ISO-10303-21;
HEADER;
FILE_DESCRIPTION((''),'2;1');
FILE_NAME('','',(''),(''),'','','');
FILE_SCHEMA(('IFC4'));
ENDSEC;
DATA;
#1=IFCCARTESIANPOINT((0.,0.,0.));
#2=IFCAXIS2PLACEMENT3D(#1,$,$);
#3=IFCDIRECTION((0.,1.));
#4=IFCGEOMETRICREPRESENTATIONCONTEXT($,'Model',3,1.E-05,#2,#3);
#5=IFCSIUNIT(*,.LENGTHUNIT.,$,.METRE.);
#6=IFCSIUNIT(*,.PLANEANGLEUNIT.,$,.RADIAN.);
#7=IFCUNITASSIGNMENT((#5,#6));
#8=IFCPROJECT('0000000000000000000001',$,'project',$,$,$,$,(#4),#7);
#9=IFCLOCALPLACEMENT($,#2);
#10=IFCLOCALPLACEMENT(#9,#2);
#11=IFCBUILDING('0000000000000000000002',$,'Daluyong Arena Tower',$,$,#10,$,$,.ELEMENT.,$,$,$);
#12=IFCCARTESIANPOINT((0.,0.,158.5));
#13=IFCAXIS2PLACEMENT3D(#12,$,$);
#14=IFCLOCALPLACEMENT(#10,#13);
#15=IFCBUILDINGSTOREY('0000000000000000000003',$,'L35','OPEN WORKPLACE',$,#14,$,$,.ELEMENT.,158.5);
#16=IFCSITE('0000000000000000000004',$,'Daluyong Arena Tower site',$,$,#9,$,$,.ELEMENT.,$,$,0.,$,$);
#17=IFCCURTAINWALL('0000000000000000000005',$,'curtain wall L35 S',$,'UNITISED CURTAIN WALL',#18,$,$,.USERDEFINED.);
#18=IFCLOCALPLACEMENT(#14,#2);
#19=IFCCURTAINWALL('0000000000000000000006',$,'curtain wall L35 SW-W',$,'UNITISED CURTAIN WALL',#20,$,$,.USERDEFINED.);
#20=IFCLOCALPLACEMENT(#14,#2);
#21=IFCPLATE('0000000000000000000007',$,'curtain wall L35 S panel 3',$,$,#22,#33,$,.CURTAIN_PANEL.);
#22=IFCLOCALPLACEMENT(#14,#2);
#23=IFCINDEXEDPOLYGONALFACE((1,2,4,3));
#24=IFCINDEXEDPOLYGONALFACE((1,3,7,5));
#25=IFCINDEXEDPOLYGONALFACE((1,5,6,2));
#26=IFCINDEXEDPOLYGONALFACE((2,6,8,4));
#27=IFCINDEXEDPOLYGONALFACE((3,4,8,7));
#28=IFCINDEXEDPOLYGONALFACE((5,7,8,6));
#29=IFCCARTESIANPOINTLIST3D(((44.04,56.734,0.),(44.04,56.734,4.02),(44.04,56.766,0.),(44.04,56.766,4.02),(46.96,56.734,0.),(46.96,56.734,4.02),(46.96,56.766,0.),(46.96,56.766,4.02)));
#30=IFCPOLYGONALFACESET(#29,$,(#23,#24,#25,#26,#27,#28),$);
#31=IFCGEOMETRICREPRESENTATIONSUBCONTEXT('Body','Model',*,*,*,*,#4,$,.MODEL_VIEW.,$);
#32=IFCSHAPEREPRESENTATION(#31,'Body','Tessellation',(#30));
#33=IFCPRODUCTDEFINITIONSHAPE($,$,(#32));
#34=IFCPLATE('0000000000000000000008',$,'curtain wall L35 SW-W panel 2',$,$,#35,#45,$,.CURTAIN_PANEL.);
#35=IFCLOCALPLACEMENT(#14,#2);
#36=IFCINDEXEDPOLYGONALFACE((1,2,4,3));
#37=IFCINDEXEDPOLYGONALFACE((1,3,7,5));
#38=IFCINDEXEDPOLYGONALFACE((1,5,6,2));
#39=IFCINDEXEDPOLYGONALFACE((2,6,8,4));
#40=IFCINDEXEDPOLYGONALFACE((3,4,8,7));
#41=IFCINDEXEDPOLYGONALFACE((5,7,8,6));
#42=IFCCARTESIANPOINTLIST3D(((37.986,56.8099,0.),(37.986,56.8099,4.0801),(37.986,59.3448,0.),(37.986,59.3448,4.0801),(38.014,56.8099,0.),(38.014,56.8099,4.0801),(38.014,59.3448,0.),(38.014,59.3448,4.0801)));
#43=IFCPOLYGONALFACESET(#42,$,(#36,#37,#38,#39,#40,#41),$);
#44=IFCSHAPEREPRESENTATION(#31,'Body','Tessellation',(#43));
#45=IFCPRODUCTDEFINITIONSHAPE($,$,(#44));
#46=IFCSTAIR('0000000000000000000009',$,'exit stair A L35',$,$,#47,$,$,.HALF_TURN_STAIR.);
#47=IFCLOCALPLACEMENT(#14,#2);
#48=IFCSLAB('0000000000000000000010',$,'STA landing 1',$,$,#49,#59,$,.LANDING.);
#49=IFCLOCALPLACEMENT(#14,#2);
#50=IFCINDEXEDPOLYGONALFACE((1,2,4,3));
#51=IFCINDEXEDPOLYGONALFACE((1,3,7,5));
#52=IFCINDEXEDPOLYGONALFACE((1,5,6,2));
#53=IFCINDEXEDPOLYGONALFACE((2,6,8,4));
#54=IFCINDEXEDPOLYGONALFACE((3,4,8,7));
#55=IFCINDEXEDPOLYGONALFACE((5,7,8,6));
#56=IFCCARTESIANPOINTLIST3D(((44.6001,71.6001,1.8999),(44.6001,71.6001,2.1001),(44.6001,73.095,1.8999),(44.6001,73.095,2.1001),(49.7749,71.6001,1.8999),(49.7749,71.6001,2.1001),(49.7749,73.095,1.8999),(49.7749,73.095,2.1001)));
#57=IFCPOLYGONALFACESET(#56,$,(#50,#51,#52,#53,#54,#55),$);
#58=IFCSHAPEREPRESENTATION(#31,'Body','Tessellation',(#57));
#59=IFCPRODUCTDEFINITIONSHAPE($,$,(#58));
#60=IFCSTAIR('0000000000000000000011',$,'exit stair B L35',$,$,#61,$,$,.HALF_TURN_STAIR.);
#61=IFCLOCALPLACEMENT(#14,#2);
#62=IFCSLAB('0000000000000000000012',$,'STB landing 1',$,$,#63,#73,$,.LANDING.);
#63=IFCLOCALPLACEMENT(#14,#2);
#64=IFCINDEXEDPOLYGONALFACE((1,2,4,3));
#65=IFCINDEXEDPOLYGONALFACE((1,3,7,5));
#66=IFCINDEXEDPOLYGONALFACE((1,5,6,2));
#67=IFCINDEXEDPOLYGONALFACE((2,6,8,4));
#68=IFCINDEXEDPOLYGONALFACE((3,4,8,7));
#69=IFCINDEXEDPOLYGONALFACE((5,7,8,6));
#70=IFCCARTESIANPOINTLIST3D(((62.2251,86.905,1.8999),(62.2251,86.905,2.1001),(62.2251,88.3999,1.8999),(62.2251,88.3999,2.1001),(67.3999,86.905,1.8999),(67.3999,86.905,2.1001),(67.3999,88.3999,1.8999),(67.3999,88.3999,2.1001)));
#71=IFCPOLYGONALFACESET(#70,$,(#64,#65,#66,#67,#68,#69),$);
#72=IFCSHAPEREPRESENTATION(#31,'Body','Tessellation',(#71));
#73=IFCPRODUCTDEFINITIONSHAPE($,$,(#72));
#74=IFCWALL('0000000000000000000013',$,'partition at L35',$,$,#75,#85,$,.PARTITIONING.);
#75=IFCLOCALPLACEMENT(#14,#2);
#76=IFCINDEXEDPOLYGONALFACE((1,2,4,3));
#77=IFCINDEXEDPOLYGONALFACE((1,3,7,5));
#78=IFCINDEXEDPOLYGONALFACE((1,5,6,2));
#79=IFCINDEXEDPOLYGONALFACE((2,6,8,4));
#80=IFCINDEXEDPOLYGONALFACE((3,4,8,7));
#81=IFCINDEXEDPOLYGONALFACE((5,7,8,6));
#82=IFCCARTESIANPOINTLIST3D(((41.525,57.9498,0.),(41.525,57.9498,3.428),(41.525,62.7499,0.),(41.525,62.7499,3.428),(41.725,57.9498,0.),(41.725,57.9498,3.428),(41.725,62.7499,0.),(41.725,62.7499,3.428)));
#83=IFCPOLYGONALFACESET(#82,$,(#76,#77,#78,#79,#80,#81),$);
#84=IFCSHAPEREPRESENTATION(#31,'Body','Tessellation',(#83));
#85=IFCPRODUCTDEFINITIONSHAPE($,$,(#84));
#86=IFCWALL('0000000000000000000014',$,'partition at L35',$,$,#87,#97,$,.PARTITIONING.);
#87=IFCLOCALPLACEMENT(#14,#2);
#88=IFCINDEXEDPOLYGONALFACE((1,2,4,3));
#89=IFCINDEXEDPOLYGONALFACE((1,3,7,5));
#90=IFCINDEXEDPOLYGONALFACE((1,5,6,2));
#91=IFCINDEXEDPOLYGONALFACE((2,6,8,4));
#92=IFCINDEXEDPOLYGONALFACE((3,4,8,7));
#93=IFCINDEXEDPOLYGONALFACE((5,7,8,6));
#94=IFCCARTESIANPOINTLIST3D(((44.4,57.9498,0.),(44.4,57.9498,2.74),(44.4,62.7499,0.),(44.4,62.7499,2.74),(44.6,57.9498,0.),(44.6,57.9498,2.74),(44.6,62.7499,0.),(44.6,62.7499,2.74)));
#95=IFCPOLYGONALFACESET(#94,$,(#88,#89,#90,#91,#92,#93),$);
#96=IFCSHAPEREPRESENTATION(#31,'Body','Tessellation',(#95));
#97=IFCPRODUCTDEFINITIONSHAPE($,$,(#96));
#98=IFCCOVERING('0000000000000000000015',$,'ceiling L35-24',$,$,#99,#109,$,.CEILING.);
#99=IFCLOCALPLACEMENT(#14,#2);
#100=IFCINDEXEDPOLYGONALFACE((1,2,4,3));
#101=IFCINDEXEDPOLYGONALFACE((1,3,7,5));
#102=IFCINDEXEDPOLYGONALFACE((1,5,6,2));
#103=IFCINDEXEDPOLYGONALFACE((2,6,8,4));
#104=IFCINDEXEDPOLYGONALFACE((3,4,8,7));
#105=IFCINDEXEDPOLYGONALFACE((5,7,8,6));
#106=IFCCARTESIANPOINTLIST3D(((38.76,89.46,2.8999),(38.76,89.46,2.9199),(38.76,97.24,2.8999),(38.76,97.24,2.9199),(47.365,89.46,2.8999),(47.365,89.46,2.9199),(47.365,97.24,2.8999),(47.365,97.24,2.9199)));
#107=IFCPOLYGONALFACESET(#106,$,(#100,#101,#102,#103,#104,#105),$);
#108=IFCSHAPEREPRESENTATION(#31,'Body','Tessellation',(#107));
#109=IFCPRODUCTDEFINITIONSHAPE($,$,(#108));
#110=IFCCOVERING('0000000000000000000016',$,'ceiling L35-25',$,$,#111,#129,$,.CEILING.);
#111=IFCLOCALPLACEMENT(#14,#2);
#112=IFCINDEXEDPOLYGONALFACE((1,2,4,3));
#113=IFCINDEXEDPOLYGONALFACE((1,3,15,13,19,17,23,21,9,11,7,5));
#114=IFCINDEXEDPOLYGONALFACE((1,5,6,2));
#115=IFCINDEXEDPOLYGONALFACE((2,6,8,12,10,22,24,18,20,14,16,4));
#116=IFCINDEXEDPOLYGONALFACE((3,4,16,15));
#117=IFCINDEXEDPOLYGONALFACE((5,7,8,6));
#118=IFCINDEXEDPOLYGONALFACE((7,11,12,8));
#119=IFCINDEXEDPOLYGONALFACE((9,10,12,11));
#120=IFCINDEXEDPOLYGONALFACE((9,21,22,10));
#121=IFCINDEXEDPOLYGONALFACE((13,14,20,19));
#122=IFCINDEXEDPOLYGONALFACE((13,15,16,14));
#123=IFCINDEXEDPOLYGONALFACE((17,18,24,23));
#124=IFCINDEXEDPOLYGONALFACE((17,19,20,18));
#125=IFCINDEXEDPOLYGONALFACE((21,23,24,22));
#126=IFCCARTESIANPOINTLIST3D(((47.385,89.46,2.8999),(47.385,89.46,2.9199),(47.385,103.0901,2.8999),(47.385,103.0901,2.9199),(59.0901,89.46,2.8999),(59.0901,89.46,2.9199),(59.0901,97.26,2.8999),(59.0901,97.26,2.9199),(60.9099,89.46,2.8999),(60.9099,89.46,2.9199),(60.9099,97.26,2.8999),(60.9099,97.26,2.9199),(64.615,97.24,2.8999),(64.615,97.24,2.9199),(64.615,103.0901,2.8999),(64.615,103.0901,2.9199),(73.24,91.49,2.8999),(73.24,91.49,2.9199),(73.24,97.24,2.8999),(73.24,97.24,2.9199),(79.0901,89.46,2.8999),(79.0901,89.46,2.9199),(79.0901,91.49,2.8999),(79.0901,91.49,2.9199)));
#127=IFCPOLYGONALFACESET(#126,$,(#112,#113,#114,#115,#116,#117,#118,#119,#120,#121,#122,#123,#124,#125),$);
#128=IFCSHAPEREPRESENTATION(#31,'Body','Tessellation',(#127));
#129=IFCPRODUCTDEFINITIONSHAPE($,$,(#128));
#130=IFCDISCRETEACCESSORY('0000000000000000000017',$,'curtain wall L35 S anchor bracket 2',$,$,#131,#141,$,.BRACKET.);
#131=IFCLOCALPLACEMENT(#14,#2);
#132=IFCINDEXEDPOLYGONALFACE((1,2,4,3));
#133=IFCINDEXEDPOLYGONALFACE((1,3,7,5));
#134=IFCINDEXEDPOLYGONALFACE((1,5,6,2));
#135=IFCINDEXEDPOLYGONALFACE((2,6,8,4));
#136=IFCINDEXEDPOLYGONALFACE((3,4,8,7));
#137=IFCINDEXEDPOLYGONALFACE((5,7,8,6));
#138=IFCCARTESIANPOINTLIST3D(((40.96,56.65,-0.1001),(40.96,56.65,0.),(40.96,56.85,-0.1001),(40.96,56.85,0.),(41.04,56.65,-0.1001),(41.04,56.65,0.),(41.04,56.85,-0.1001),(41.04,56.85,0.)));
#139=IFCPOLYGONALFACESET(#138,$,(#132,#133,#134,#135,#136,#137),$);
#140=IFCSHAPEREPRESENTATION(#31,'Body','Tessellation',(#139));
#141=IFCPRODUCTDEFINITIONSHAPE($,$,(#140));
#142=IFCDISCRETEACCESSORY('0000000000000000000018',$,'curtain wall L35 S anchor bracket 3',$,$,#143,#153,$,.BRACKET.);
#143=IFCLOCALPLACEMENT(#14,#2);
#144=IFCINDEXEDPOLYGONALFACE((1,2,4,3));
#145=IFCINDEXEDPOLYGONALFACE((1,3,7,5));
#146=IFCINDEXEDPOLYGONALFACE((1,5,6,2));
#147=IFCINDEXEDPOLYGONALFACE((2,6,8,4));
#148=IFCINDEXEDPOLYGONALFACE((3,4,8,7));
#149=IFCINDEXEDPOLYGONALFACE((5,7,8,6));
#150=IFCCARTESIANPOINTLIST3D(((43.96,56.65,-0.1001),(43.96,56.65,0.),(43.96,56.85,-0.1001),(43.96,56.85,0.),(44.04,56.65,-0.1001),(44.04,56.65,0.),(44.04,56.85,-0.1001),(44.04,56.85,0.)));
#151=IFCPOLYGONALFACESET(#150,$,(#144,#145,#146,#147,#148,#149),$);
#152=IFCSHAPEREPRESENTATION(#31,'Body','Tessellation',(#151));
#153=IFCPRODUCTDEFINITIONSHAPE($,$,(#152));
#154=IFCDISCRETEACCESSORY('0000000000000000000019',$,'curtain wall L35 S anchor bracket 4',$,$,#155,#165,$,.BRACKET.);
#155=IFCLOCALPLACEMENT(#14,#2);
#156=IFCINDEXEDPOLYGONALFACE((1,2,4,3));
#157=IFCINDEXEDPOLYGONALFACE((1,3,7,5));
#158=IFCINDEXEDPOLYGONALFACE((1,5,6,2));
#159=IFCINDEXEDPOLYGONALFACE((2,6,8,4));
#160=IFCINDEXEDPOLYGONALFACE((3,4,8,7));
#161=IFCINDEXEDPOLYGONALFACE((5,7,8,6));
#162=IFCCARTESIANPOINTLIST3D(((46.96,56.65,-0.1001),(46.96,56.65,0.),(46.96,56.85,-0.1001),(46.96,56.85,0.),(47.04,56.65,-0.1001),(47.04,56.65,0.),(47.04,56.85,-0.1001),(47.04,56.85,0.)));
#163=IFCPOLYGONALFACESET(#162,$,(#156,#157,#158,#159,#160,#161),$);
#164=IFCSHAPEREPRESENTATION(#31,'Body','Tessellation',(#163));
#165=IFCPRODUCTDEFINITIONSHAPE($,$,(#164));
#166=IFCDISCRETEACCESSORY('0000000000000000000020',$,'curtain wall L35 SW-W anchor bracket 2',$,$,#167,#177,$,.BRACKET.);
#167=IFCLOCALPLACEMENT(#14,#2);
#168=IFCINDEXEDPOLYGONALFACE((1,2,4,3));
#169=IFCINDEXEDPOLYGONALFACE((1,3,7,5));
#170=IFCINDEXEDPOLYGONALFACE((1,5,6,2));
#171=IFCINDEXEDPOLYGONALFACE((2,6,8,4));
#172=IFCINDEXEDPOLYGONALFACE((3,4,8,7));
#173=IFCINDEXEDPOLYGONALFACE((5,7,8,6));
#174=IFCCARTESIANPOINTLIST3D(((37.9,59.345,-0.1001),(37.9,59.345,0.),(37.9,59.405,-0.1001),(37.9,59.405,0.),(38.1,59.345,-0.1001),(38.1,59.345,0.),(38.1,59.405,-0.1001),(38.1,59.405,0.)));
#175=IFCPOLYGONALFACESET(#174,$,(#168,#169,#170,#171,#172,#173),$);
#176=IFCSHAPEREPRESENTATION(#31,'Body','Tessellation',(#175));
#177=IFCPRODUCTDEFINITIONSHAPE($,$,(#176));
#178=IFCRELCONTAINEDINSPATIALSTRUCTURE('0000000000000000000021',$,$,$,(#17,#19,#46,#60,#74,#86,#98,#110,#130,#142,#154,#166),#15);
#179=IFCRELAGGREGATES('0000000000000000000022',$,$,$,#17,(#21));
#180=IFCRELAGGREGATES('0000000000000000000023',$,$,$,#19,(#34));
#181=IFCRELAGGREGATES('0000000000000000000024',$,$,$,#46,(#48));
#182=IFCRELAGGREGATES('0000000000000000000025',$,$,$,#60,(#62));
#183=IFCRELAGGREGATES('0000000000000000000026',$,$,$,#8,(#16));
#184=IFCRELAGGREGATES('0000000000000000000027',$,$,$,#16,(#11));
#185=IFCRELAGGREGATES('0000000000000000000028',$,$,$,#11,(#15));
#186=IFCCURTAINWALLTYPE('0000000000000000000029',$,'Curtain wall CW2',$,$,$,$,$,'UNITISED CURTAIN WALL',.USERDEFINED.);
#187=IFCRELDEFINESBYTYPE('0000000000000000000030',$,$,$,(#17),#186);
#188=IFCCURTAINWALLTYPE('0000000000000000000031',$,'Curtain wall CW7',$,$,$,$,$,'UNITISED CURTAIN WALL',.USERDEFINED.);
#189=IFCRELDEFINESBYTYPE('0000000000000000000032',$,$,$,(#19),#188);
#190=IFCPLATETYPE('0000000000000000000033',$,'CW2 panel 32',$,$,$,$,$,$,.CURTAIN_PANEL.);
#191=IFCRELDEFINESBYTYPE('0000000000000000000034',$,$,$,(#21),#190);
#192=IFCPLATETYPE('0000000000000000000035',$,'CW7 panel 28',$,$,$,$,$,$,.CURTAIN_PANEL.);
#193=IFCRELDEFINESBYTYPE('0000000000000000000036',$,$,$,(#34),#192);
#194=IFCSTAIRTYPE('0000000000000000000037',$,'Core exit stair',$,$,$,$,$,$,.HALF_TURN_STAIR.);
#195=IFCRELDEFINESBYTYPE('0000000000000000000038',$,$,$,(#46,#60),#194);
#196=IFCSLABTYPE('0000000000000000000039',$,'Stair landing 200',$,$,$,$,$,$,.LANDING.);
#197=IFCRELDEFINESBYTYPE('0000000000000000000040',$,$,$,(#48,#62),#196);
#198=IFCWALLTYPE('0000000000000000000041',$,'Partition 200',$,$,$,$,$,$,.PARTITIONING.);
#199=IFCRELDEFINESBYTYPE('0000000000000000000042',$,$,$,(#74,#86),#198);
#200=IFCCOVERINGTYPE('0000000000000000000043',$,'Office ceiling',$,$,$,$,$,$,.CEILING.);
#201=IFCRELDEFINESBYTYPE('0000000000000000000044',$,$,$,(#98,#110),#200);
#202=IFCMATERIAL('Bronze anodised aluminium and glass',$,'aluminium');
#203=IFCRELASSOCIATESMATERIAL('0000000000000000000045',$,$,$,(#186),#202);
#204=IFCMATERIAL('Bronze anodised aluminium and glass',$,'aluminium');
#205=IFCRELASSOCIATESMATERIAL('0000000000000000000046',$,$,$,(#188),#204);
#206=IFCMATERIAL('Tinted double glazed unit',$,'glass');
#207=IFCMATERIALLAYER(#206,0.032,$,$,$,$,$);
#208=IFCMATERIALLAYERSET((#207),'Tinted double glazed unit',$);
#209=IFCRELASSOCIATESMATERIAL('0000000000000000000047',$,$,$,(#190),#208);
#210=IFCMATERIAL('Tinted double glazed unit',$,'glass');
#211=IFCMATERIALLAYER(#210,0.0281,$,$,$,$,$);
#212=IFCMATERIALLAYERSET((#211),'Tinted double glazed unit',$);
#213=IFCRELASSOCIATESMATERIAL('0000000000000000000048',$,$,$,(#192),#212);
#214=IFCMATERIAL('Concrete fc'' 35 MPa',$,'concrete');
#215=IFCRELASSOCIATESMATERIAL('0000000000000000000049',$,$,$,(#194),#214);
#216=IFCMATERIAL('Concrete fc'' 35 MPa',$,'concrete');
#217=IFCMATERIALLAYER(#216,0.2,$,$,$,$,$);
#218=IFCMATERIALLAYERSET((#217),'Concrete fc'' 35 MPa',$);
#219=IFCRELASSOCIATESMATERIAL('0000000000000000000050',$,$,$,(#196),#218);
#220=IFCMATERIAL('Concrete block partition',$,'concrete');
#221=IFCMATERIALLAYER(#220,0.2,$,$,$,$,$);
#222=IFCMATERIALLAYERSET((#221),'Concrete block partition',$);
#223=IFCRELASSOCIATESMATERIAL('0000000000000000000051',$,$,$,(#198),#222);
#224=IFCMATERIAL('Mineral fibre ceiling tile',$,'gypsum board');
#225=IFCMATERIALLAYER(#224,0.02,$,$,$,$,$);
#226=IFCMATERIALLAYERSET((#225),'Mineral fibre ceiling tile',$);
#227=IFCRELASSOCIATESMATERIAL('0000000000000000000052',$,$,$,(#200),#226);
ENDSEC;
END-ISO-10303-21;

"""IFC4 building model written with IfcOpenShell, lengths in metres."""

from ifc_helpers import new_model, si_unit, direction, frame, frame_2d, origin, origin_2d, place, context, subcontext, project, spatial, polyline, rectangle, outline, extrude, material, layer, layer_set, type_object, element, aggregate, save


model = new_model("IFC4")

# Units and contexts
model_context = context("Model", 3, precision=1e-05, world=origin(), true_north=direction((0.0, 1.0)))
body_context = subcontext(model_context, "Body", "Model", "MODEL_VIEW")
ifc_project = project(units=[si_unit("LENGTHUNIT", "METRE"), si_unit("PLANEANGLEUNIT", "RADIAN")], contexts=[model_context])

# Site, building, storey
site_placement = place(None, origin())
site = spatial("IfcSite", under=ifc_project, at=site_placement, Name="Daluyong Arena Tower site", CompositionType="ELEMENT", RefElevation=0.0)
building_placement = place(site_placement, origin())
building = spatial("IfcBuilding", under=site, at=building_placement, Name="Daluyong Arena Tower", CompositionType="ELEMENT")
storey_placement = place(building_placement, frame((0.0, 0.0, 158.5)))
storey = spatial("IfcBuildingStorey", under=building, at=storey_placement, Name="L35", Description="OPEN WORKPLACE", CompositionType="ELEMENT", Elevation=158.5)

# Curtain walls
ifc_material_1 = material(Name="Bronze anodised aluminium and glass", Category="aluminium")
curtain_wall_type_1 = type_object("IfcCurtainWallType", Name="Curtain wall CW2", ElementType="UNITISED CURTAIN WALL", PredefinedType="USERDEFINED", material=ifc_material_1)
curtain_wall_1_placement = place(storey_placement, origin())
curtain_wall_1 = element("IfcCurtainWall", 1, at=curtain_wall_1_placement, inside=storey, type_object=curtain_wall_type_1, Name="curtain wall L35 S", ObjectType="UNITISED CURTAIN WALL", PredefinedType="USERDEFINED")
ifc_material_2 = material(Name="Bronze anodised aluminium and glass", Category="aluminium")
curtain_wall_type_2 = type_object("IfcCurtainWallType", Name="Curtain wall CW7", ElementType="UNITISED CURTAIN WALL", PredefinedType="USERDEFINED", material=ifc_material_2)
curtain_wall_2_placement = place(storey_placement, origin())
curtain_wall_2 = element("IfcCurtainWall", 2, at=curtain_wall_2_placement, inside=storey, type_object=curtain_wall_type_2, Name="curtain wall L35 SW-W", ObjectType="UNITISED CURTAIN WALL", PredefinedType="USERDEFINED")

# Plates
ifc_material_3 = material(Name="Tinted double glazed unit", Category="glass")
ifc_layer_1 = layer(ifc_material_3, 0.032)
ifc_layer_set_1 = layer_set([ifc_layer_1], Name="Tinted double glazed unit")
plate_type_1 = type_object("IfcPlateType", Name="CW2 panel 32", PredefinedType="CURTAIN_PANEL", material=ifc_layer_set_1)
plate_1_placement = place(storey_placement, frame((45.5, 56.75, 0.0), z_axis=(0.0, 0.0, 1.0), x_axis=(1.0, 0.0, 0.0)))
plate_1 = element("IfcPlate", 3, at=plate_1_placement, type_object=plate_type_1, Name="curtain wall L35 S panel 3", PredefinedType="CURTAIN_PANEL", context=body_context, shape_type="SweptSolid", body=[
    extrude(rectangle(XDim=2.9199, YDim=0.032, at=origin_2d()), origin(), (0.0, 0.0, 1.0), 4.02),
])
aggregate(curtain_wall_1, [plate_1])
ifc_material_4 = material(Name="Tinted double glazed unit", Category="glass")
ifc_layer_2 = layer(ifc_material_4, 0.0281)
ifc_layer_set_2 = layer_set([ifc_layer_2], Name="Tinted double glazed unit")
plate_type_2 = type_object("IfcPlateType", Name="CW7 panel 28", PredefinedType="CURTAIN_PANEL", material=ifc_layer_set_2)
plate_2_placement = place(storey_placement, frame((38.0, 58.0774, 0.0), z_axis=(0.0, 0.0, 1.0), x_axis=(0.0, -1.0, 0.0)))
plate_2 = element("IfcPlate", 4, at=plate_2_placement, type_object=plate_type_2, Name="curtain wall L35 SW-W panel 2", PredefinedType="CURTAIN_PANEL", context=body_context, shape_type="SweptSolid", body=[
    extrude(rectangle(XDim=2.5349, YDim=0.0281, at=origin_2d()), origin(), (0.0, 0.0, 1.0), 4.0801),
])
aggregate(curtain_wall_2, [plate_2])

# Stairs, slabs
ifc_material_5 = material(Name="Concrete fc' 35 MPa", Category="concrete")
stair_type = type_object("IfcStairType", Name="Core exit stair", PredefinedType="HALF_TURN_STAIR", material=ifc_material_5)
stair_1_placement = place(storey_placement, origin())
stair_1 = element("IfcStair", 5, at=stair_1_placement, inside=storey, type_object=stair_type, Name="exit stair A L35", PredefinedType="HALF_TURN_STAIR")
ifc_material_6 = material(Name="Concrete fc' 35 MPa", Category="concrete")
ifc_layer_3 = layer(ifc_material_6, 0.2)
ifc_layer_set_3 = layer_set([ifc_layer_3], Name="Concrete fc' 35 MPa")
slab_type = type_object("IfcSlabType", Name="Stair landing 200", PredefinedType="LANDING", material=ifc_layer_set_3)
slab_1_placement = place(storey_placement, frame((0.0, 0.0, 1.8999)))
slab_1 = element("IfcSlab", 6, at=slab_1_placement, type_object=slab_type, Name="STA landing 1", PredefinedType="LANDING", context=body_context, shape_type="SweptSolid", body=[
    extrude(outline(polyline([(44.6001, 71.6001), (49.7749, 71.6001), (49.7749, 73.095), (44.6001, 73.095), (44.6001, 71.6001)])), origin(), (0.0, 0.0, 1.0), 0.2002),
])
aggregate(stair_1, [slab_1])
stair_2_placement = place(storey_placement, origin())
stair_2 = element("IfcStair", 7, at=stair_2_placement, inside=storey, type_object=stair_type, Name="exit stair B L35", PredefinedType="HALF_TURN_STAIR")
slab_2_placement = place(storey_placement, frame((0.0, 0.0, 1.8999)))
slab_2 = element("IfcSlab", 8, at=slab_2_placement, type_object=slab_type, Name="STB landing 1", PredefinedType="LANDING", context=body_context, shape_type="SweptSolid", body=[
    extrude(outline(polyline([(62.2251, 86.905), (67.3999, 86.905), (67.3999, 88.3999), (62.2251, 88.3999), (62.2251, 86.905)])), origin(), (0.0, 0.0, 1.0), 0.2002),
])
aggregate(stair_2, [slab_2])

# Walls
ifc_material_7 = material(Name="Concrete block partition", Category="concrete")
ifc_layer_4 = layer(ifc_material_7, 0.2)
ifc_layer_set_4 = layer_set([ifc_layer_4], Name="Concrete block partition")
wall_type = type_object("IfcWallType", Name="Partition 200", PredefinedType="PARTITIONING", material=ifc_layer_set_4)
wall_1_placement = place(storey_placement, frame((41.625, 57.95, 0.0), z_axis=(0.0, 0.0, 1.0), x_axis=(0.0, 1.0, 0.0)))
element("IfcWall", 9, at=wall_1_placement, inside=storey, type_object=wall_type, Name="partition at L35", PredefinedType="PARTITIONING", context=body_context, shape_type="SweptSolid", body=[
    extrude(rectangle(XDim=4.8, YDim=0.2, at=frame_2d((2.3999, 0.0))), origin(), (0.0, 0.0, 1.0), 3.428),
])
wall_2_placement = place(storey_placement, frame((44.5, 57.95, 0.0), z_axis=(0.0, 0.0, 1.0), x_axis=(0.0, 1.0, 0.0)))
element("IfcWall", 10, at=wall_2_placement, inside=storey, type_object=wall_type, Name="partition at L35", PredefinedType="PARTITIONING", context=body_context, shape_type="SweptSolid", body=[
    extrude(rectangle(XDim=4.8, YDim=0.2, at=frame_2d((2.3999, 0.0))), origin(), (0.0, 0.0, 1.0), 2.74),
])

# Coverings
ifc_material_8 = material(Name="Mineral fibre ceiling tile", Category="gypsum board")
ifc_layer_5 = layer(ifc_material_8, 0.02)
ifc_layer_set_5 = layer_set([ifc_layer_5], Name="Mineral fibre ceiling tile")
covering_type = type_object("IfcCoveringType", Name="Office ceiling", PredefinedType="CEILING", material=ifc_layer_set_5)
covering_1_placement = place(storey_placement, frame((0.0, 0.0, 2.8999)))
element("IfcCovering", 11, at=covering_1_placement, inside=storey, type_object=covering_type, Name="ceiling L35-24", PredefinedType="CEILING", context=body_context, shape_type="SweptSolid", body=[
    extrude(outline(polyline([(38.76, 97.24), (38.76, 89.46), (47.365, 89.46), (47.365, 97.24), (38.76, 97.24)])), origin(), (0.0, 0.0, 1.0), 0.02),
])
covering_2_placement = place(storey_placement, frame((0.0, 0.0, 2.8999)))
element("IfcCovering", 12, at=covering_2_placement, inside=storey, type_object=covering_type, Name="ceiling L35-25", PredefinedType="CEILING", context=body_context, shape_type="SweptSolid", body=[
    extrude(outline(polyline([(64.615, 103.0901), (47.385, 103.0901), (47.385, 89.46), (59.0901, 89.46), (59.0901, 97.26), (60.9099, 97.26), (60.9099, 89.46), (79.0901, 89.46), (79.0901, 91.49), (73.24, 91.49), (73.24, 97.24), (64.615, 97.24), (64.615, 103.0901)])), origin(), (0.0, 0.0, 1.0), 0.02),
])

# Discrete accessories
for number, where, z_axis, x_axis, name in (
    (13, (41.0, 56.75, -0.1001), (0.0, 0.0, 1.0), (1.0, 0.0, 0.0), "curtain wall L35 S anchor bracket 2"),
    (14, (44.0, 56.75, -0.1001), (0.0, 0.0, 1.0), (1.0, 0.0, 0.0), "curtain wall L35 S anchor bracket 3"),
    (15, (47.0, 56.75, -0.1001), (0.0, 0.0, 1.0), (1.0, 0.0, 0.0), "curtain wall L35 S anchor bracket 4"),
):
    element("IfcDiscreteAccessory", number, at=place(storey_placement, frame(where, z_axis=z_axis, x_axis=x_axis)), inside=storey, Name=name, PredefinedType="BRACKET", context=body_context, shape_type="SweptSolid", body=[
        extrude(rectangle(XDim=0.0801, YDim=0.2, at=origin_2d()), origin(), (0.0, 0.0, 1.0), 0.1001),
    ])
discrete_accessory_placement = place(storey_placement, frame((38.0, 59.375, -0.1001), z_axis=(0.0, 0.0, 1.0), x_axis=(0.0, -1.0, 0.0)))
element("IfcDiscreteAccessory", 16, at=discrete_accessory_placement, inside=storey, Name="curtain wall L35 SW-W anchor bracket 2", PredefinedType="BRACKET", context=body_context, shape_type="SweptSolid", body=[
    extrude(rectangle(XDim=0.0601, YDim=0.2, at=origin_2d()), origin(), (0.0, 0.0, 1.0), 0.1001),
])

save(model, "model.ifc")
